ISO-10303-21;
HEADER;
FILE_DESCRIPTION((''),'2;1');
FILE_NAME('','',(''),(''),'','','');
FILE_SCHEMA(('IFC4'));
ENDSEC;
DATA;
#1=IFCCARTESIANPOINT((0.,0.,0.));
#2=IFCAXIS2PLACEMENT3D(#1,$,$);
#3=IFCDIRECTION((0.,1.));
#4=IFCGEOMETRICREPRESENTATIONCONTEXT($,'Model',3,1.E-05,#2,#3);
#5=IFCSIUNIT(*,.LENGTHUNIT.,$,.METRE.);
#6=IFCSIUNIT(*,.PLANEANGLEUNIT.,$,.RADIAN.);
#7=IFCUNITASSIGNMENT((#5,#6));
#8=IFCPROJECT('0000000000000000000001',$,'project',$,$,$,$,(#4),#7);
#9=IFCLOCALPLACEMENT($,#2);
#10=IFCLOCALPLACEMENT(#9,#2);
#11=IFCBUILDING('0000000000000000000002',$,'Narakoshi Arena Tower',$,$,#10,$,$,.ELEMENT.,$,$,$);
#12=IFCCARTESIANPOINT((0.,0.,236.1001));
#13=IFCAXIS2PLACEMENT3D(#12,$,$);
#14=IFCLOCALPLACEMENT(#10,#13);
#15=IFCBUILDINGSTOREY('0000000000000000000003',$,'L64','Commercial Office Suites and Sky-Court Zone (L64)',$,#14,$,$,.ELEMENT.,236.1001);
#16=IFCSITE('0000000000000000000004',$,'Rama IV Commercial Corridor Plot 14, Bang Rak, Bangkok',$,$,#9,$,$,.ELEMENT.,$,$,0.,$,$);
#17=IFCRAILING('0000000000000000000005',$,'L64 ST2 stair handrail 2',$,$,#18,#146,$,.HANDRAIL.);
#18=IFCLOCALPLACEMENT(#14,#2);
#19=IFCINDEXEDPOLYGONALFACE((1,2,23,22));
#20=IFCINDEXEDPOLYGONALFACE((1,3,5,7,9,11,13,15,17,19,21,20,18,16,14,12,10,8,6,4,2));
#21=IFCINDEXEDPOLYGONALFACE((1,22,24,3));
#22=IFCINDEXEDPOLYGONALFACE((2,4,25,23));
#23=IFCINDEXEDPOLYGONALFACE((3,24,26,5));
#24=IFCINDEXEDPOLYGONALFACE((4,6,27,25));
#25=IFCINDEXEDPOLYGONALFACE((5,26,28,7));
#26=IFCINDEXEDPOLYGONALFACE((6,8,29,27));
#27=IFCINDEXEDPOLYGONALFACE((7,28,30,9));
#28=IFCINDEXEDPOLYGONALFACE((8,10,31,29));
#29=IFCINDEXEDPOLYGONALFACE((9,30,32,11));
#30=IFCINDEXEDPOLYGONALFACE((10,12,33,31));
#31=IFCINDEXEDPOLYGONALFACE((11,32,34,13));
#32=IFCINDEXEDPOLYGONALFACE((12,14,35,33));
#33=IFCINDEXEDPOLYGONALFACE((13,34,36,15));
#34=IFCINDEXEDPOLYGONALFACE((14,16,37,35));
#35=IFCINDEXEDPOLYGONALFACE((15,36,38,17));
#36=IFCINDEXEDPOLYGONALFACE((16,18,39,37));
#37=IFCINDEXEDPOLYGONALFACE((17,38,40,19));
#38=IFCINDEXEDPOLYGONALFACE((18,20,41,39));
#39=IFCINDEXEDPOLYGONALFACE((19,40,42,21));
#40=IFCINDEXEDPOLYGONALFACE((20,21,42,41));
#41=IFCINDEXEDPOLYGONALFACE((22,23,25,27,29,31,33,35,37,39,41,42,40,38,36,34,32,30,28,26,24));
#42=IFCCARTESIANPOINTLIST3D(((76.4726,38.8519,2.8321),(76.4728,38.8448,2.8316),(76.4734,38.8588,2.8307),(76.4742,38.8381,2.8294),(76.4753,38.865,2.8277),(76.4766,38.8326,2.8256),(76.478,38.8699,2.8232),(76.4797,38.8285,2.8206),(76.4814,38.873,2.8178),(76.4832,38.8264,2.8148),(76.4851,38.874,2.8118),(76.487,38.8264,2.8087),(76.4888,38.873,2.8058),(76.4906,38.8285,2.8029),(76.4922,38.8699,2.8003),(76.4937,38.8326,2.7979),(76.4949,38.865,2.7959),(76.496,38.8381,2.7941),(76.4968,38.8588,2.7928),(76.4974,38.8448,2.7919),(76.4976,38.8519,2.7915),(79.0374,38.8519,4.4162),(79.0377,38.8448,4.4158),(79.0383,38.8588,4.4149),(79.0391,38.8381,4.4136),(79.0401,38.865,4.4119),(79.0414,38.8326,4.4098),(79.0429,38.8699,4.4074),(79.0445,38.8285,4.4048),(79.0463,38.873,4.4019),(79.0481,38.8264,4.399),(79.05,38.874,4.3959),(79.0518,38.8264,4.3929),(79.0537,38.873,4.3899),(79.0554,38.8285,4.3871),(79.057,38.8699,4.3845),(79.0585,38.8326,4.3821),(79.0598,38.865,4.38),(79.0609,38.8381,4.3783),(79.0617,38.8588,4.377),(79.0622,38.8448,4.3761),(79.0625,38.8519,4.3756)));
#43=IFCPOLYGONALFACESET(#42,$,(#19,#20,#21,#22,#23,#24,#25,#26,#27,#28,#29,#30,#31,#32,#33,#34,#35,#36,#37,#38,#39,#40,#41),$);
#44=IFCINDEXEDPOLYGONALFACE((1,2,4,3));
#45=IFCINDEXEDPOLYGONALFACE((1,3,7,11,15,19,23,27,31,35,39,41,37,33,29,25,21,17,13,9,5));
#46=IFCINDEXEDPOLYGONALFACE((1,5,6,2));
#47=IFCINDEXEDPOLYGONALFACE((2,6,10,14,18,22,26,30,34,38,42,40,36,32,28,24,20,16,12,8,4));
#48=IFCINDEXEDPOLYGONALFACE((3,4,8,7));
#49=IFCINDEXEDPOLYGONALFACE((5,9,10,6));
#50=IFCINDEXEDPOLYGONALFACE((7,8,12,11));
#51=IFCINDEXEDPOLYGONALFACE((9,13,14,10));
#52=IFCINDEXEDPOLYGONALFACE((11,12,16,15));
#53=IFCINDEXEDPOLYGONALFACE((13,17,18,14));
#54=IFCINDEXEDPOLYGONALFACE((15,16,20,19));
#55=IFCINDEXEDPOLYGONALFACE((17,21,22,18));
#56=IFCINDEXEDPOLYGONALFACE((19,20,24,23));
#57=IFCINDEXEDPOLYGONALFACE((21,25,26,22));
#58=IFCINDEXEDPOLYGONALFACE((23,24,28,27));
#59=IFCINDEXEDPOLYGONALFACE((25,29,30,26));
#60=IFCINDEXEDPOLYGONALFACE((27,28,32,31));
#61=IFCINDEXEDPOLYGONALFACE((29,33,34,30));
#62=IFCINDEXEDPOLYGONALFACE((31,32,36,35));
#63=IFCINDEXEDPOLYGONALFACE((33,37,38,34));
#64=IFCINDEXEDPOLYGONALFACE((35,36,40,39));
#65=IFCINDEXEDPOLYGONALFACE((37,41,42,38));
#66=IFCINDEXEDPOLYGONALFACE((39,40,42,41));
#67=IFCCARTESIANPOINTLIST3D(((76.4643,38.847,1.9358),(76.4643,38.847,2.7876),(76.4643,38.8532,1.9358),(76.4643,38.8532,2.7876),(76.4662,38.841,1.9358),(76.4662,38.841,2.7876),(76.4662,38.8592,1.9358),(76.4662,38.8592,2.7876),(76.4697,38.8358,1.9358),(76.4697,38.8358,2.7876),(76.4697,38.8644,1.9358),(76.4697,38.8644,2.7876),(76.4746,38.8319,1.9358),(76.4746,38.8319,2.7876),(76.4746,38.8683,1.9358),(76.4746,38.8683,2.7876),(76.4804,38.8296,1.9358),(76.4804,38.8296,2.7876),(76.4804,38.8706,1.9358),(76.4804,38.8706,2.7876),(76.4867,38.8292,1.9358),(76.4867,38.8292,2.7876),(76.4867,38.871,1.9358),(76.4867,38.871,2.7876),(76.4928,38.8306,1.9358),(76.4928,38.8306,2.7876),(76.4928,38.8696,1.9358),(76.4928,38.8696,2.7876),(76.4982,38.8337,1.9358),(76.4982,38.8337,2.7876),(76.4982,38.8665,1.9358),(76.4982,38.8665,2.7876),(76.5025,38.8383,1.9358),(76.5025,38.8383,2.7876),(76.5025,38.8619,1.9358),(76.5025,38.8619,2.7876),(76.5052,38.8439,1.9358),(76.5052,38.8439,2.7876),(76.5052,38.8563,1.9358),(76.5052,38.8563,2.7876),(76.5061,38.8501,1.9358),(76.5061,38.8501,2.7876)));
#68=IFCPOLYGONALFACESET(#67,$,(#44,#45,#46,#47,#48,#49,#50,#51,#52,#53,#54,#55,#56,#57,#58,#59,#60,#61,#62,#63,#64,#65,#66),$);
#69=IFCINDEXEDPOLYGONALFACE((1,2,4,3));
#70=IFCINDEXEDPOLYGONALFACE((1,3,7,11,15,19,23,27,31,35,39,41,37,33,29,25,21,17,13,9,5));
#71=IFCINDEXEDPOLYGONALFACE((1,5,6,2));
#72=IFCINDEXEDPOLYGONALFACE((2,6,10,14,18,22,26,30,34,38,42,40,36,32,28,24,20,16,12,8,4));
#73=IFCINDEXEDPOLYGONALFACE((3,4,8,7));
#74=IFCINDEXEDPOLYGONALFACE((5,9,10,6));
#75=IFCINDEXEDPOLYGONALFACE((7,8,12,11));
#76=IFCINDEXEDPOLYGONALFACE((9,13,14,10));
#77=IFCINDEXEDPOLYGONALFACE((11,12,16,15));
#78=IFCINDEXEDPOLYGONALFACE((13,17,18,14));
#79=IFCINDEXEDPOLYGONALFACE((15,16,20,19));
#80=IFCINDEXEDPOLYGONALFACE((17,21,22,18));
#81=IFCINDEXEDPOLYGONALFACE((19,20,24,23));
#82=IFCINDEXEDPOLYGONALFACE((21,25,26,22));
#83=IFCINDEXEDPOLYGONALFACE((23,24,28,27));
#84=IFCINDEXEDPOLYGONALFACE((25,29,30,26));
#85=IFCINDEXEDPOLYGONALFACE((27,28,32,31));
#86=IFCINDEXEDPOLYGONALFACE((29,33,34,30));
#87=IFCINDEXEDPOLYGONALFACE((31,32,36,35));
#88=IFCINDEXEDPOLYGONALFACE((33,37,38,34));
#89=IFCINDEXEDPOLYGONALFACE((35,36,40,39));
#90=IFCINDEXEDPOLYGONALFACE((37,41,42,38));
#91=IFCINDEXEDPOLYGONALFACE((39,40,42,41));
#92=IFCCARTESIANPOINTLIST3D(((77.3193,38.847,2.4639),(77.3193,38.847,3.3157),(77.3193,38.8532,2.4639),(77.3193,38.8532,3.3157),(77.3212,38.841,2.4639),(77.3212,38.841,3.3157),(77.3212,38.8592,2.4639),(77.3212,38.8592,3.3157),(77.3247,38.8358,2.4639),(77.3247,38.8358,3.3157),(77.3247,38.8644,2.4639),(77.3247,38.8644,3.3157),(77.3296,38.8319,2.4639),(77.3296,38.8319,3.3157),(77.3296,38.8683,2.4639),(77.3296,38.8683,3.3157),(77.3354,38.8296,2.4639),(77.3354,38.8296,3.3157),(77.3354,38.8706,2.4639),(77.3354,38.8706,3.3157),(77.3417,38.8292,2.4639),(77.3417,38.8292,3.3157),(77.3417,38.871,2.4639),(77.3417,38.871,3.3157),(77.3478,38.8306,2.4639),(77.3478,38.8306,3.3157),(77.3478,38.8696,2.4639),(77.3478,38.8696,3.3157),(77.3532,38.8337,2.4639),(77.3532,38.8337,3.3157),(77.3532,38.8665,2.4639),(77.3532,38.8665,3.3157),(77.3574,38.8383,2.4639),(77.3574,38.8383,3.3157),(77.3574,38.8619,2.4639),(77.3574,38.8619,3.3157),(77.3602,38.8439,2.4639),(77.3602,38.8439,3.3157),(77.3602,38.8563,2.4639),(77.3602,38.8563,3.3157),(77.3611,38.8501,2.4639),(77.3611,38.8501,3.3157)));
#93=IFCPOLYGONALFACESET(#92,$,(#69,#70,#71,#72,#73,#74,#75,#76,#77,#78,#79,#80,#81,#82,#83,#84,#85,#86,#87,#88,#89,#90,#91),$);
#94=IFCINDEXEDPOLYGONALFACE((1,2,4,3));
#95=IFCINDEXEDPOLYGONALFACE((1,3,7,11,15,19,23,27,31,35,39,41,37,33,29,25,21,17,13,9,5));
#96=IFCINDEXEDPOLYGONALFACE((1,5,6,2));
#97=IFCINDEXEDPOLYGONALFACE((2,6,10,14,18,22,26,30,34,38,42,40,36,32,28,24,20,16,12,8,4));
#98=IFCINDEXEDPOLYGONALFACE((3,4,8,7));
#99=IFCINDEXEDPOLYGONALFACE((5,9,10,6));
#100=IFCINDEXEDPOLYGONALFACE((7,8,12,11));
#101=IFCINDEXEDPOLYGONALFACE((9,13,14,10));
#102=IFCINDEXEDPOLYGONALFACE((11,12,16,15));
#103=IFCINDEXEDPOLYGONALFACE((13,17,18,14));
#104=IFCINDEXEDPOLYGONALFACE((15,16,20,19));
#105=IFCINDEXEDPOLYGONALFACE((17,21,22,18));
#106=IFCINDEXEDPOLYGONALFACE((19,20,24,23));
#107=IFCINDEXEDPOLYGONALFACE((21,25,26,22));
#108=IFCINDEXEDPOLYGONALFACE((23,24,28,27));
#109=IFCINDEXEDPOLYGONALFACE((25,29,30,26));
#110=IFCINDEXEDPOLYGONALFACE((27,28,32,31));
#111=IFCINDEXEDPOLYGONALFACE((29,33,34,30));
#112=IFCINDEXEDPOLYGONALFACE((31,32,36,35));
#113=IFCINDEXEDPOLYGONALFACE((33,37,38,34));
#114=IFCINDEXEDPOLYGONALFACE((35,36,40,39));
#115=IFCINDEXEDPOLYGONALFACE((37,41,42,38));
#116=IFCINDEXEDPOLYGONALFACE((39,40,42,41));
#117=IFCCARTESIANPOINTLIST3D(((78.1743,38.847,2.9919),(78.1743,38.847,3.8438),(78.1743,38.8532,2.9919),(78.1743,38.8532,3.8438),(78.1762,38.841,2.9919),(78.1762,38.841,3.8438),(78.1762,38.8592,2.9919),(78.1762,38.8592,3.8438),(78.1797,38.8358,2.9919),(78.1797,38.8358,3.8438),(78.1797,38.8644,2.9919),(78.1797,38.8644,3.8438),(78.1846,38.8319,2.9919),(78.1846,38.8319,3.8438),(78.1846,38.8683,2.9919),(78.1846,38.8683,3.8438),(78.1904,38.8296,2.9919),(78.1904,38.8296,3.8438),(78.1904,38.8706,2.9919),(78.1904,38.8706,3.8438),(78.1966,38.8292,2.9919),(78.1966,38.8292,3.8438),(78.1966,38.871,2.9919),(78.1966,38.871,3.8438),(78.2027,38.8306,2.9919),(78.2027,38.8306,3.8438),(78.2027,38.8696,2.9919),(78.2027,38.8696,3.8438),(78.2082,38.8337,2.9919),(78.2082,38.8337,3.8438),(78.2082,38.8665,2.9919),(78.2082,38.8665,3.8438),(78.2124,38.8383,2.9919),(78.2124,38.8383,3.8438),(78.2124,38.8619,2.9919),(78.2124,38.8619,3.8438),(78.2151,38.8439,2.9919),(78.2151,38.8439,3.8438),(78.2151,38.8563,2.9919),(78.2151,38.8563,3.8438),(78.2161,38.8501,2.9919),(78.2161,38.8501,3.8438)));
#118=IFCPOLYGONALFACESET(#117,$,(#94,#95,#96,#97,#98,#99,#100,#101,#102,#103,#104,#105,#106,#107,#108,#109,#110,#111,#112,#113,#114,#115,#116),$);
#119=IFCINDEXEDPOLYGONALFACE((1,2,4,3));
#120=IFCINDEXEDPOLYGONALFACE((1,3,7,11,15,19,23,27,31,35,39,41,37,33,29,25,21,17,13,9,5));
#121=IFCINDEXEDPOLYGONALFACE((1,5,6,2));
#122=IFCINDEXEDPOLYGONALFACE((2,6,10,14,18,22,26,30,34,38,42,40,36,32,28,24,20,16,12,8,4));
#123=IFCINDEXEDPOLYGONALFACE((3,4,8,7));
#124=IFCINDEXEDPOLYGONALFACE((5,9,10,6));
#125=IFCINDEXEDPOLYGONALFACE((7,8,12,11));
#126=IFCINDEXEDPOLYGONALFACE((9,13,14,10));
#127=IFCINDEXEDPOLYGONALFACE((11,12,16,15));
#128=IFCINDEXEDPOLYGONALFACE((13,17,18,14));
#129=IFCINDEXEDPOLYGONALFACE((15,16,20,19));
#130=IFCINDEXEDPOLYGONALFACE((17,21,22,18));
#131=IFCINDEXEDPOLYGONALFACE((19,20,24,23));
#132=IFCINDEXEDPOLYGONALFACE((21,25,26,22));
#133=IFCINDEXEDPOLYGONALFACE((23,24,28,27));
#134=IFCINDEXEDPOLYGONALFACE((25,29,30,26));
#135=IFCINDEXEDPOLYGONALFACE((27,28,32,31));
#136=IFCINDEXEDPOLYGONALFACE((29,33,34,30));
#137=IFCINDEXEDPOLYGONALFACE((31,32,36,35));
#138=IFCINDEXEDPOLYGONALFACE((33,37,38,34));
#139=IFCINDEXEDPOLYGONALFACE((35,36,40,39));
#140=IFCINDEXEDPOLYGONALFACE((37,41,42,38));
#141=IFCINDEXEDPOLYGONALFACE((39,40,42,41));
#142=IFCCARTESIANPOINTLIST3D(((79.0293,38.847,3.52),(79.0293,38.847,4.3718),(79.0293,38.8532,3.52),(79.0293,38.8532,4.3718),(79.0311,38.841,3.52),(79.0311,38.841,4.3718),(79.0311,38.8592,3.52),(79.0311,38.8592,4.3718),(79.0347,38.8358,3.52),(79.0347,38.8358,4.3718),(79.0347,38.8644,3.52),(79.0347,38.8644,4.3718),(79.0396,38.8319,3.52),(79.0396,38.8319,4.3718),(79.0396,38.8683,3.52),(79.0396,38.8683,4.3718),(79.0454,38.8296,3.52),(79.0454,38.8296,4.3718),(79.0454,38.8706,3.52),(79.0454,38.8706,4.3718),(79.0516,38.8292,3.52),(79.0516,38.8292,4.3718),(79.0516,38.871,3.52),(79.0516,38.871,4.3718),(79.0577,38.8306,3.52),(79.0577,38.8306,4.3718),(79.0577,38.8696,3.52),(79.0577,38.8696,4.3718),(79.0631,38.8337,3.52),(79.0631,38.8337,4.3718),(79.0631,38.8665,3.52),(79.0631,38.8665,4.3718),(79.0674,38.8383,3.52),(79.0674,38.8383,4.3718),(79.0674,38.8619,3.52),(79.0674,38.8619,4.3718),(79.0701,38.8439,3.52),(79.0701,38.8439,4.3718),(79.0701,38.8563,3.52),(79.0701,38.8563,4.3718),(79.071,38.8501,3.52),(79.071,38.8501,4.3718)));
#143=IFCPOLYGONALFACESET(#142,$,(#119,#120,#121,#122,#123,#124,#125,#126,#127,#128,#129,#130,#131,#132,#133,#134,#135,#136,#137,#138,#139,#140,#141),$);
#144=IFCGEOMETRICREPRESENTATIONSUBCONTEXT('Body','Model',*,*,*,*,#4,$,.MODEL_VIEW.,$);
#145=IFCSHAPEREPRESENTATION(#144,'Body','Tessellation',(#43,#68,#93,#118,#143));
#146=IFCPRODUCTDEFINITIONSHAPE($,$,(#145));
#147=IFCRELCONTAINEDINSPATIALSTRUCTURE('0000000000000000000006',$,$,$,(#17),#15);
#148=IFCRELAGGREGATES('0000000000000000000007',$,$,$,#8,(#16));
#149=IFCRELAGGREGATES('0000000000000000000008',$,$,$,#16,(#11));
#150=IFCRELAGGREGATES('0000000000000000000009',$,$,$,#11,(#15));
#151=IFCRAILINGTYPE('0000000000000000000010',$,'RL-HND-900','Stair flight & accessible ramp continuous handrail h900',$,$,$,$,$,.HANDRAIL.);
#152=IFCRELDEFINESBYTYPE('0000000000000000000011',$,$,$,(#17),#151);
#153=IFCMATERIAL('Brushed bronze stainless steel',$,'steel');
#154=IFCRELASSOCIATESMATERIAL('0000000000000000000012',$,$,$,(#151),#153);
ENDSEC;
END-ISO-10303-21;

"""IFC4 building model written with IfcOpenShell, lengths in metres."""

from ifc_helpers import new_model, si_unit, direction, frame, origin, origin_2d, place, context, subcontext, project, spatial, circle, extrude, material, type_object, element, save


model = new_model("IFC4")

# Units and contexts
model_context = context("Model", 3, precision=1e-05, world=origin(), true_north=direction((0.0, 1.0)))
body_context = subcontext(model_context, "Body", "Model", "MODEL_VIEW")
ifc_project = project(units=[si_unit("LENGTHUNIT", "METRE"), si_unit("PLANEANGLEUNIT", "RADIAN")], contexts=[model_context])

# Site, building, storey
site_placement = place(None, origin())
site = spatial("IfcSite", under=ifc_project, at=site_placement, Name="Rama IV Commercial Corridor Plot 14, Bang Rak, Bangkok", CompositionType="ELEMENT", RefElevation=0.0)
building_placement = place(site_placement, origin())
building = spatial("IfcBuilding", under=site, at=building_placement, Name="Narakoshi Arena Tower", CompositionType="ELEMENT")
storey_placement = place(building_placement, frame((0.0, 0.0, 236.1001)))
storey = spatial("IfcBuildingStorey", under=building, at=storey_placement, Name="L64", Description="Commercial Office Suites and Sky-Court Zone (L64)", CompositionType="ELEMENT", Elevation=236.1001)

# Railing
ifc_material_1 = material(Name="Brushed bronze stainless steel", Category="steel")
railing_type_1 = type_object("IfcRailingType", Name="RL-HND-900", Description="Stair flight & accessible ramp continuous handrail h900", PredefinedType="HANDRAIL", material=ifc_material_1)
railing_1_placement = place(storey_placement, frame((76.4851, 38.8501, 1.9358)))
element("IfcRailing", 1, at=railing_1_placement, inside=storey, type_object=railing_type_1, Name="L64 ST2 stair handrail 2", PredefinedType="HANDRAIL", context=body_context, shape_type="SweptSolid", body=[
    extrude(circle(Radius=0.0239, at=origin_2d()), frame((0.0, 0.0, 0.876), z_axis=(0.850798, 0.0, 0.525493), x_axis=(0.0, 1.0, 0.0)), (0.0, 0.0, 1.0), 3.0146),
    extrude(circle(Radius=0.021, at=origin_2d()), origin(), (0.0, 0.0, 1.0), 0.8518),
    extrude(circle(Radius=0.021, at=origin_2d()), frame((0.855, 0.0, 0.5281)), (0.0, 0.0, 1.0), 0.8518),
    extrude(circle(Radius=0.021, at=origin_2d()), frame((1.71, 0.0, 1.0562)), (0.0, 0.0, 1.0), 0.8518),
    extrude(circle(Radius=0.021, at=origin_2d()), frame((2.5649, 0.0, 1.5842)), (0.0, 0.0, 1.0), 0.8518),
])

save(model, "model.ifc")
